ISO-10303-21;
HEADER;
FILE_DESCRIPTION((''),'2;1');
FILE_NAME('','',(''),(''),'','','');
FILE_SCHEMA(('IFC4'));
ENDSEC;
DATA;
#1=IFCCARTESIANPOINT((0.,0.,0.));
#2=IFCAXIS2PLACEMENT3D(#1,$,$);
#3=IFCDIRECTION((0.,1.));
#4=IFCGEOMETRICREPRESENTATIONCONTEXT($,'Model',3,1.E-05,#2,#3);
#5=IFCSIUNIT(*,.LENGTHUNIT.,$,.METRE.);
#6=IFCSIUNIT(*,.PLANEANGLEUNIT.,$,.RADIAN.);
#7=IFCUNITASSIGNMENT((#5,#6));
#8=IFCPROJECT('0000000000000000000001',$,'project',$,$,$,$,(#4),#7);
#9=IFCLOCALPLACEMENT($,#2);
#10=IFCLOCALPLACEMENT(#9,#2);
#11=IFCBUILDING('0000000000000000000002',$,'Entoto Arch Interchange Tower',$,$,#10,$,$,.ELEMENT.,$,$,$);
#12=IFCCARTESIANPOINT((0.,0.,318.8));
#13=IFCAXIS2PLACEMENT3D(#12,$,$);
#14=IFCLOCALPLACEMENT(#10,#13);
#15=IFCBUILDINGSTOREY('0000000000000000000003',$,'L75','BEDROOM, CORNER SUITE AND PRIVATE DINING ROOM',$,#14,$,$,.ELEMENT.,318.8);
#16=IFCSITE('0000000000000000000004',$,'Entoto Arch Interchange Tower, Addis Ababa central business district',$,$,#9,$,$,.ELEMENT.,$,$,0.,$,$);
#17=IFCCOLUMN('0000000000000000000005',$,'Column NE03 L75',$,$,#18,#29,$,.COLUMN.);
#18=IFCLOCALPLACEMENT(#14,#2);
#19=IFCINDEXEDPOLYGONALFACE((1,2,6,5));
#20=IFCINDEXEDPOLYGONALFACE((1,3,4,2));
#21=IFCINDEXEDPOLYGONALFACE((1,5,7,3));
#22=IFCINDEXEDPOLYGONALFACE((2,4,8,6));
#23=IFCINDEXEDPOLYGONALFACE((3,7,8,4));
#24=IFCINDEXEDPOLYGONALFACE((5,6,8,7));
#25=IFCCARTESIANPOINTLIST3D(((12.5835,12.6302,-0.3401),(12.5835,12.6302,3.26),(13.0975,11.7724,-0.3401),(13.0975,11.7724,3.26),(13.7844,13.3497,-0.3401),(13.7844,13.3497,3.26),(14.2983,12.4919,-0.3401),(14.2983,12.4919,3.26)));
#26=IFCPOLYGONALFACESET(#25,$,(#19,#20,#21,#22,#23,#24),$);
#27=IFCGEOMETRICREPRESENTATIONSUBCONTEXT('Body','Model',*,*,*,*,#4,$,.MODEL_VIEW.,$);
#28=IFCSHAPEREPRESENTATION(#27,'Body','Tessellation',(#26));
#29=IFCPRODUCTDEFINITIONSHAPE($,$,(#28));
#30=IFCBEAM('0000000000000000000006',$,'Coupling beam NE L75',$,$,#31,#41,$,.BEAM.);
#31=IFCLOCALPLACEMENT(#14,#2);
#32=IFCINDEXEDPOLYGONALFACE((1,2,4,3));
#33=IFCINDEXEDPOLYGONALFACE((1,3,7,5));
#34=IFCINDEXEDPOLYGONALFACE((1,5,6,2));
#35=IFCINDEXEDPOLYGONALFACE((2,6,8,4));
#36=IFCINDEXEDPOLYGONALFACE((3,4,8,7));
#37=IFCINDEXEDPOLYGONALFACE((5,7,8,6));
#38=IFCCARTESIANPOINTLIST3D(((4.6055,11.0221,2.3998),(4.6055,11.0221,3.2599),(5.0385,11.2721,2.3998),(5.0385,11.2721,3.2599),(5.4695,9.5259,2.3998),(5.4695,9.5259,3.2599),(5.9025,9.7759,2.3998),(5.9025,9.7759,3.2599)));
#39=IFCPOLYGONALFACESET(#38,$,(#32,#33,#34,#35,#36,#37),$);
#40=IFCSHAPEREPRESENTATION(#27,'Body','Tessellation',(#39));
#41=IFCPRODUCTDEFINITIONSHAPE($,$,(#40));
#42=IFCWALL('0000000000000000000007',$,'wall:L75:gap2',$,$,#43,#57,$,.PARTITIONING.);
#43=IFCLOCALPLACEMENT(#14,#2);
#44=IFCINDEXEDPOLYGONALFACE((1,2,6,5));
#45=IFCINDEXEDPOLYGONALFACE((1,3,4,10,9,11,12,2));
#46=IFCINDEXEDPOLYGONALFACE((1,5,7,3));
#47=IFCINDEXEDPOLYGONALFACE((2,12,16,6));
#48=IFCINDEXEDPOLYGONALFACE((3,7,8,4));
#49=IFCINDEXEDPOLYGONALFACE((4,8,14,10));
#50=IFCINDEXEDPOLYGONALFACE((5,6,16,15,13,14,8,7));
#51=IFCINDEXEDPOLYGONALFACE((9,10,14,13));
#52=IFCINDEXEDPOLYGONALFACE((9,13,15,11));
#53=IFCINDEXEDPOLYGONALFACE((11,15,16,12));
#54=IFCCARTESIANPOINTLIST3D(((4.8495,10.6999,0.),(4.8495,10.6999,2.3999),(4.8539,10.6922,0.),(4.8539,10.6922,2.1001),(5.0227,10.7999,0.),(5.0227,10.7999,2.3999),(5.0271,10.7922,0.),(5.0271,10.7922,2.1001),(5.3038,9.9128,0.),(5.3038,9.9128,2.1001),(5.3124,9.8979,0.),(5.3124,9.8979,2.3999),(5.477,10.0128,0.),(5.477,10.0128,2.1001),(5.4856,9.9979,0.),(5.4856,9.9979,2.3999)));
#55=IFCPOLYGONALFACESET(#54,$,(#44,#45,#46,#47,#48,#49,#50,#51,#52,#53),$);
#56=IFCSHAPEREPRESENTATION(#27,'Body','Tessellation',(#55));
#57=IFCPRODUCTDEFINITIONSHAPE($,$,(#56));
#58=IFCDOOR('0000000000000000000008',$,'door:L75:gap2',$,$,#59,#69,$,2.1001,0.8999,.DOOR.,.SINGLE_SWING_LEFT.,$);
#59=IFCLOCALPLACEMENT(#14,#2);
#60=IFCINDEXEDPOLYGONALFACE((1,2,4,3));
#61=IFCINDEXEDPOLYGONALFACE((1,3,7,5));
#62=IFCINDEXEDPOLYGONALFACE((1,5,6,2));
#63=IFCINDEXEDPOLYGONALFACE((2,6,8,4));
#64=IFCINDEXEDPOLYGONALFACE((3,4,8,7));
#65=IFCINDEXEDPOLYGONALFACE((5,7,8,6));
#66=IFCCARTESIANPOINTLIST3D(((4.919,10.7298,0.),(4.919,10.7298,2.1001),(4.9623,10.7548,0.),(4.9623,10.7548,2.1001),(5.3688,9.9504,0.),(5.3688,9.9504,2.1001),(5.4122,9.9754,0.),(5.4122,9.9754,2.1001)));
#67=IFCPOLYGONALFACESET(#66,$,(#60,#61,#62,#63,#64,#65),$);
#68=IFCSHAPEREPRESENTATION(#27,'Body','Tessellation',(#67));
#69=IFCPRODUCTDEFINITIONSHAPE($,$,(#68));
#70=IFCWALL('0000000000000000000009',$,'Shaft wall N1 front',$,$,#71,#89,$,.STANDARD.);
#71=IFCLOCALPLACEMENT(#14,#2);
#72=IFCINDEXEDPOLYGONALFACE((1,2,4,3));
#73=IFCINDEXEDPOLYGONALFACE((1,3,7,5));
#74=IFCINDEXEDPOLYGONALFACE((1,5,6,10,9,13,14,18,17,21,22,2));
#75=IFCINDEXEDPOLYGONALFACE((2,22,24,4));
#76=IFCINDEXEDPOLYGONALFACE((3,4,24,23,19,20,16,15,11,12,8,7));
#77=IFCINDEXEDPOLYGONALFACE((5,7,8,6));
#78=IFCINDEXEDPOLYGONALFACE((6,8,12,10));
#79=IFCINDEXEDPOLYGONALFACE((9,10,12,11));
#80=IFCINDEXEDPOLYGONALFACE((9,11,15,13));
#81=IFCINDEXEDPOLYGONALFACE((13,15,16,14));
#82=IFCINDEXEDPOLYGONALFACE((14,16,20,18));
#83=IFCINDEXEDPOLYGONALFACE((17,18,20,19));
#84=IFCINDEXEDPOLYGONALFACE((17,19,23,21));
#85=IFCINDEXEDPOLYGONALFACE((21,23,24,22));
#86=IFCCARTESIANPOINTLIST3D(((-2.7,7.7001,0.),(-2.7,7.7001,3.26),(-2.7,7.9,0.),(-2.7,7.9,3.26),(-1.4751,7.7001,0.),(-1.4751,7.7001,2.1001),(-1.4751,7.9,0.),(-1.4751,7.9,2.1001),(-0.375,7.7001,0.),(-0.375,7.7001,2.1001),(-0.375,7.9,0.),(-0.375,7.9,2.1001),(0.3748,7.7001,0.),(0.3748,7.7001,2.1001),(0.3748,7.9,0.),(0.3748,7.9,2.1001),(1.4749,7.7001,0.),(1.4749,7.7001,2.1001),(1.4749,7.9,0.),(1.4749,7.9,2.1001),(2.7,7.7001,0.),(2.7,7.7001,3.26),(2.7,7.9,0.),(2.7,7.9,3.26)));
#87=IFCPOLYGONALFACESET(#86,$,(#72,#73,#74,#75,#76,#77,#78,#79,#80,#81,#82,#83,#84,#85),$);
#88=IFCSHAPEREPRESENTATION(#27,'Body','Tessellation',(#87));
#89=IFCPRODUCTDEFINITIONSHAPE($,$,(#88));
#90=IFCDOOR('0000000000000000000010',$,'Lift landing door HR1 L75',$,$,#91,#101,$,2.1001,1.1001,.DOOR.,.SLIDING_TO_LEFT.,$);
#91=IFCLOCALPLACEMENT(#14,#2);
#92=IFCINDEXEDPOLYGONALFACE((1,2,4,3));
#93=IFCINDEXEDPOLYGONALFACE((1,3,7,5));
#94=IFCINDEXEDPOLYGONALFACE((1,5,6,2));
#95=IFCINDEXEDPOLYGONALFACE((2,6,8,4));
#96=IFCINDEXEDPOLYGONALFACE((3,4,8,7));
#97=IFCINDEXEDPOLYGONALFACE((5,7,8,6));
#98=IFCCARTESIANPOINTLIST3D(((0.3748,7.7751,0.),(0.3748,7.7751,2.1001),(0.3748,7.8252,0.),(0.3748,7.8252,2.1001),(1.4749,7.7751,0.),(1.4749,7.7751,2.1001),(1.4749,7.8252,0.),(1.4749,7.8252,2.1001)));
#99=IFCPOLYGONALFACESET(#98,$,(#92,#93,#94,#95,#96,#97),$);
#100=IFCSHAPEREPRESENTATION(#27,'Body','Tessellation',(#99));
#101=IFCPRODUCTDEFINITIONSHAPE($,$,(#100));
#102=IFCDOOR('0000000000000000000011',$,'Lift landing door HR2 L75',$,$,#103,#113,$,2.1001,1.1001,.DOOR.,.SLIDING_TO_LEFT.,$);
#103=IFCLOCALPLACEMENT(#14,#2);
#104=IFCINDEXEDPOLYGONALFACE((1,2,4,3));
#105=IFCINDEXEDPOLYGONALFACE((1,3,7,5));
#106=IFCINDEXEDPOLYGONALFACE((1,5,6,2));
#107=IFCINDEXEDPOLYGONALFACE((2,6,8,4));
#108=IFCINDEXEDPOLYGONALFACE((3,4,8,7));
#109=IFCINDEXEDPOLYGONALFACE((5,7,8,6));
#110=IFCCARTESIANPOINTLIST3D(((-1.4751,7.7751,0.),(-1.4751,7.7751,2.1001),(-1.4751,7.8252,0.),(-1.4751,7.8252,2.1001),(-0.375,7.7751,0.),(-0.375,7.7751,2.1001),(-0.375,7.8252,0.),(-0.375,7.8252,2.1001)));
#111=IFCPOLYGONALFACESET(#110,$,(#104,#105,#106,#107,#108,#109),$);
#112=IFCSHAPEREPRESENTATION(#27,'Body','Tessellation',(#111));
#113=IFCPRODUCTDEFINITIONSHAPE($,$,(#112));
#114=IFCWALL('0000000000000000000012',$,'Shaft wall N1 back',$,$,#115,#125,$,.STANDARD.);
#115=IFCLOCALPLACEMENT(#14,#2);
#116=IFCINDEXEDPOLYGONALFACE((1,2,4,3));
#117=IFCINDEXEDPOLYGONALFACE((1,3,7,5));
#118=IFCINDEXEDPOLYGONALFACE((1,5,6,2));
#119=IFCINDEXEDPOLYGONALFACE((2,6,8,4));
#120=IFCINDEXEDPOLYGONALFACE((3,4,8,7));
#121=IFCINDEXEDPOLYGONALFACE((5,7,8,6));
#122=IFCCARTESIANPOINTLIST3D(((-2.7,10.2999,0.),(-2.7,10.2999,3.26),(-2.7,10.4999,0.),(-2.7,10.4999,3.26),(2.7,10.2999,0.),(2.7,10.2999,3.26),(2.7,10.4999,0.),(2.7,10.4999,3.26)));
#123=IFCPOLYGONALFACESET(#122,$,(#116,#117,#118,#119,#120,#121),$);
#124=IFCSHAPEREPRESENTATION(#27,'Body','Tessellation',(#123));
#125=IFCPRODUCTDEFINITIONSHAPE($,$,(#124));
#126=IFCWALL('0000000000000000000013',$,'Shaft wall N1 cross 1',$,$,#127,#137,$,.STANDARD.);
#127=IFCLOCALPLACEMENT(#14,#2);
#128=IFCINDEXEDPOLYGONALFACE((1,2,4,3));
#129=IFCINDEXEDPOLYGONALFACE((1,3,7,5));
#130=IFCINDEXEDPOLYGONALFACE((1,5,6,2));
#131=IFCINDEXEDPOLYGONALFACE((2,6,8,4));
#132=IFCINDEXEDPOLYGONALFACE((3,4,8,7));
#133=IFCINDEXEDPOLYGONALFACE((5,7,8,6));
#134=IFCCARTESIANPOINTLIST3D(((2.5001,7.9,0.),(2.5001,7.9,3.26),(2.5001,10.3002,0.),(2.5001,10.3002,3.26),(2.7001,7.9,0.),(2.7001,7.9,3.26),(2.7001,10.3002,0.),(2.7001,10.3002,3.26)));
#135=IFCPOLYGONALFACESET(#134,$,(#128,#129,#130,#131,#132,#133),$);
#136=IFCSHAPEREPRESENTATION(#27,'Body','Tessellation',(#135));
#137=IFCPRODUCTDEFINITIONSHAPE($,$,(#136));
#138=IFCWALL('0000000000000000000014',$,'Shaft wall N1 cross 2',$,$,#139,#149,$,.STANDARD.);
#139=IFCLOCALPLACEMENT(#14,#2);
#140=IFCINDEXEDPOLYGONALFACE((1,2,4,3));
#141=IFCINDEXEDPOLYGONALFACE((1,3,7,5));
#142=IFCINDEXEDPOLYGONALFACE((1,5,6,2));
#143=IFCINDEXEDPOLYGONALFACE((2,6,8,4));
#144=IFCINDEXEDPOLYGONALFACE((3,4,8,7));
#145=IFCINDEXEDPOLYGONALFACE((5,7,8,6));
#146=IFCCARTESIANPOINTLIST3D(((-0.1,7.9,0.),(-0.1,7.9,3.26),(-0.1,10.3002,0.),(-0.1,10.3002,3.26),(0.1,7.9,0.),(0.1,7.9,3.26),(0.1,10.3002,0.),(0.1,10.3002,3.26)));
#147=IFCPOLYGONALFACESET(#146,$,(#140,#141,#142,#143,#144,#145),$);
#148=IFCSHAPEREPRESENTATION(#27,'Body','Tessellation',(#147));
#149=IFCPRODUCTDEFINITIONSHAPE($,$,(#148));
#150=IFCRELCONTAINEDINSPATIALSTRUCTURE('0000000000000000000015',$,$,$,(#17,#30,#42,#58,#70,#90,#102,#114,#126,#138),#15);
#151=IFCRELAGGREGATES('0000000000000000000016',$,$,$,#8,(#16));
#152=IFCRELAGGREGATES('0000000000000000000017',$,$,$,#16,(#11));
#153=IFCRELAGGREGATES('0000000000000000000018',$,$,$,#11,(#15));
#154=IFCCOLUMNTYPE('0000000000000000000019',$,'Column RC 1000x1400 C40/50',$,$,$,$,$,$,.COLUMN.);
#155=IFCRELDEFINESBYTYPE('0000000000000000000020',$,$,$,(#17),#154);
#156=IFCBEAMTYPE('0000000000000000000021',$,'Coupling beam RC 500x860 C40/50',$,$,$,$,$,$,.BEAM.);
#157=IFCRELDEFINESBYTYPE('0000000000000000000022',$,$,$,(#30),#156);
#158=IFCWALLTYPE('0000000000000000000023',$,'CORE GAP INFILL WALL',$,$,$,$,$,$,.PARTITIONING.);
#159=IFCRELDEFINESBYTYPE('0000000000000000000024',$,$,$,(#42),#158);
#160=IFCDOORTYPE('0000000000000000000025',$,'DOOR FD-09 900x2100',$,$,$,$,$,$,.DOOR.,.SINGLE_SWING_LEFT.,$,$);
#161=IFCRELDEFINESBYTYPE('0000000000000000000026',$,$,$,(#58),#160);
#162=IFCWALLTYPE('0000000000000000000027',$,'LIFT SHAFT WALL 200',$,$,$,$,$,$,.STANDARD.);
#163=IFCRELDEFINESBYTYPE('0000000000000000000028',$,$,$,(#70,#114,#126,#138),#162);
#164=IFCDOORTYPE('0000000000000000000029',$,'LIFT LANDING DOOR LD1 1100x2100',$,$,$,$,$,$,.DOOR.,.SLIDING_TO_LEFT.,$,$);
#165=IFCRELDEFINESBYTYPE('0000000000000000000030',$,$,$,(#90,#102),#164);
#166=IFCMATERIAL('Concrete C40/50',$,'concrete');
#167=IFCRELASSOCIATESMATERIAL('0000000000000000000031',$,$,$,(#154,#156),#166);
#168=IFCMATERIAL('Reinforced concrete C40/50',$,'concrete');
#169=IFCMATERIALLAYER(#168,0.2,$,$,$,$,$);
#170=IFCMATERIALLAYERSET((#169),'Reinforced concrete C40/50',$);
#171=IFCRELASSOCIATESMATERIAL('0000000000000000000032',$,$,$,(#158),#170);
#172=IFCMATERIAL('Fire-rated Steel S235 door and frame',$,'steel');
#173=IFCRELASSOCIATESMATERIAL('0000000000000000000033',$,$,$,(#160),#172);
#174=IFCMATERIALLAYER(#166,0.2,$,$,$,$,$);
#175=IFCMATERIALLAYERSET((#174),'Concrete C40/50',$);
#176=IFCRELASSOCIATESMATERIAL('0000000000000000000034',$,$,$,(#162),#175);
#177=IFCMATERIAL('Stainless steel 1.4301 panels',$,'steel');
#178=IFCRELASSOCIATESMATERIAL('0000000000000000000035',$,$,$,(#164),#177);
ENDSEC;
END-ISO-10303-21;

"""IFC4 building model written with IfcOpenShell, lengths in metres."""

from ifc_helpers import new_model, si_unit, direction, frame, frame_2d, origin, origin_2d, place, context, subcontext, project, spatial, rectangle, extrude, material, layer, layer_set, material_profile, profile_set, type_object, element, fill, save


model = new_model("IFC4")

# Units and contexts
model_context = context("Model", 3, precision=1e-05, world=origin(), true_north=direction((0.0, 1.0)))
body_context = subcontext(model_context, "Body", "Model", "MODEL_VIEW")
ifc_project = project(units=[si_unit("LENGTHUNIT", "METRE"), si_unit("PLANEANGLEUNIT", "RADIAN")], contexts=[model_context])

# Site, building, storey
site_placement = place(None, origin())
site = spatial("IfcSite", under=ifc_project, at=site_placement, Name="Entoto Arch Interchange Tower, Addis Ababa central business district", CompositionType="ELEMENT", RefElevation=0.0)
building_placement = place(site_placement, origin())
building = spatial("IfcBuilding", under=site, at=building_placement, Name="Entoto Arch Interchange Tower", CompositionType="ELEMENT")
storey_placement = place(building_placement, frame((0.0, 0.0, 318.8)))
storey = spatial("IfcBuildingStorey", under=building, at=storey_placement, Name="L75", Description="BEDROOM, CORNER SUITE AND PRIVATE DINING ROOM", CompositionType="ELEMENT", Elevation=318.8)

# Column
ifc_material_1 = material(Name="Concrete C40/50", Category="concrete")
ifc_material_profile_1 = material_profile(ifc_material_1, rectangle(XDim=1.0, YDim=1.3999, at=origin_2d()))
ifc_profile_set_1 = profile_set([ifc_material_profile_1], Name="Concrete C40/50")
column_type = type_object("IfcColumnType", Name="Column RC 1000x1400 C40/50", PredefinedType="COLUMN", material=ifc_profile_set_1)
column_placement = place(storey_placement, frame((13.4409, 12.561, -0.3401), z_axis=(0.0, 0.0, 1.0), x_axis=(-0.513946, 0.857823, 0.0)))
element("IfcColumn", 1, at=column_placement, inside=storey, type_object=column_type, Name="Column NE03 L75", PredefinedType="COLUMN", context=body_context, shape_type="SweptSolid", body=[
    extrude(rectangle(XDim=1.0, YDim=1.3999, at=origin_2d()), origin(), (0.0, 0.0, 1.0), 3.6001),
])

# Beam
ifc_material_profile_2 = material_profile(ifc_material_1, rectangle(XDim=0.5, YDim=0.8601, at=origin_2d()))
ifc_profile_set_2 = profile_set([ifc_material_profile_2], Name="Concrete C40/50")
beam_type = type_object("IfcBeamType", Name="Coupling beam RC 500x860 C40/50", PredefinedType="BEAM", material=ifc_profile_set_2)
beam_placement = place(storey_placement, frame((5.686, 9.6509, 2.8298), z_axis=(-0.500106, 0.865964, 0.0), x_axis=(-0.865964, -0.500106, 0.0)))
element("IfcBeam", 2, at=beam_placement, inside=storey, type_object=beam_type, Name="Coupling beam NE L75", PredefinedType="BEAM", context=body_context, shape_type="SweptSolid", body=[
    extrude(rectangle(XDim=0.5, YDim=0.8601, at=origin_2d()), origin(), (0.0, 0.0, 1.0), 1.7278),
])

# Wall, opening, door
ifc_material_2 = material(Name="Reinforced concrete C40/50", Category="concrete")
ifc_layer_1 = layer(ifc_material_2, 0.2)
ifc_layer_set_1 = layer_set([ifc_layer_1], Name="Reinforced concrete C40/50")
wall_type_1 = type_object("IfcWallType", Name="CORE GAP INFILL WALL", PredefinedType="PARTITIONING", material=ifc_layer_set_1)
wall_1_placement = place(storey_placement, frame((5.3989, 9.948, 0.0), z_axis=(0.0, 0.0, 1.0), x_axis=(-0.499882, 0.866093, 0.0)))
wall_1 = element("IfcWall", 3, at=wall_1_placement, inside=storey, type_object=wall_type_1, Name="wall:L75:gap2", PredefinedType="PARTITIONING", context=body_context, shape_type="SweptSolid", body=[
    extrude(rectangle(XDim=0.926, YDim=0.2, at=frame_2d((0.4629, 0.0))), origin(), (0.0, 0.0, 1.0), 2.3999),
])
opening_1_placement = place(wall_1_placement, frame((0.0171, 0.0, 0.0)))
opening_1 = element("IfcOpeningElement", 4, at=opening_1_placement, cuts=wall_1, PredefinedType="OPENING", context=body_context, shape_type="SweptSolid", body=[
    extrude(rectangle(XDim=0.8999, YDim=2.1001, at=frame_2d((0.45, 1.05))), frame((0.0, 0.1099, 0.0), z_axis=(0.0, -1.0, 0.0), x_axis=(1.0, 0.0, 0.0)), (0.0, 0.0, 1.0), 0.22),
])
ifc_material_3 = material(Name="Fire-rated Steel S235 door and frame", Category="steel")
door_type_1 = type_object("IfcDoorType", Name="DOOR FD-09 900x2100", OperationType="SINGLE_SWING_LEFT", PredefinedType="DOOR", material=ifc_material_3)
door_1_placement = place(opening_1_placement, origin())
door_1 = element("IfcDoor", 5, at=door_1_placement, inside=storey, type_object=door_type_1, Name="door:L75:gap2", OperationType="SINGLE_SWING_LEFT", OverallHeight=2.1001, OverallWidth=0.8999, PredefinedType="DOOR", context=body_context, shape_type="SweptSolid", body=[
    extrude(rectangle(XDim=0.8999, YDim=2.1001, at=frame_2d((0.45, 1.05))), frame((0.0, 0.0249, 0.0), z_axis=(0.0, -1.0, 0.0), x_axis=(1.0, 0.0, 0.0)), (0.0, 0.0, 1.0), 0.05),
])
fill(opening_1, door_1)

# Wall, openings, doors
ifc_layer_2 = layer(ifc_material_1, 0.2)
ifc_layer_set_2 = layer_set([ifc_layer_2], Name="Concrete C40/50")
wall_type_2 = type_object("IfcWallType", Name="LIFT SHAFT WALL 200", PredefinedType="STANDARD", material=ifc_layer_set_2)
wall_2_placement = place(storey_placement, frame((2.7, 7.8, 0.0), z_axis=(0.0, 0.0, 1.0), x_axis=(-1.0, 0.0, 0.0)))
wall_2 = element("IfcWall", 6, at=wall_2_placement, inside=storey, type_object=wall_type_2, Name="Shaft wall N1 front", PredefinedType="STANDARD", context=body_context, shape_type="SweptSolid", body=[
    extrude(rectangle(XDim=5.3999, YDim=0.2, at=frame_2d((2.7, 0.0))), origin(), (0.0, 0.0, 1.0), 3.26),
])
opening_2_placement = place(wall_2_placement, frame((1.2251, 0.0, 0.0)))
opening_2 = element("IfcOpeningElement", 7, at=opening_2_placement, cuts=wall_2, PredefinedType="OPENING", context=body_context, shape_type="SweptSolid", body=[
    extrude(rectangle(XDim=1.1001, YDim=2.1001, at=frame_2d((0.55, 1.05))), frame((0.0, 0.1099, 0.0), z_axis=(0.0, -1.0, 0.0), x_axis=(1.0, 0.0, 0.0)), (0.0, 0.0, 1.0), 0.22),
])
opening_3_placement = place(wall_2_placement, frame((3.075, 0.0, 0.0)))
opening_3 = element("IfcOpeningElement", 8, at=opening_3_placement, cuts=wall_2, PredefinedType="OPENING", context=body_context, shape_type="SweptSolid", body=[
    extrude(rectangle(XDim=1.1001, YDim=2.1001, at=frame_2d((0.55, 1.05))), frame((0.0, 0.1099, 0.0), z_axis=(0.0, -1.0, 0.0), x_axis=(1.0, 0.0, 0.0)), (0.0, 0.0, 1.0), 0.22),
])
ifc_material_4 = material(Name="Stainless steel 1.4301 panels", Category="steel")
door_type_2 = type_object("IfcDoorType", Name="LIFT LANDING DOOR LD1 1100x2100", OperationType="SLIDING_TO_LEFT", PredefinedType="DOOR", material=ifc_material_4)
door_2_placement = place(opening_2_placement, origin())
door_2 = element("IfcDoor", 9, at=door_2_placement, inside=storey, type_object=door_type_2, Name="Lift landing door HR1 L75", OperationType="SLIDING_TO_LEFT", OverallHeight=2.1001, OverallWidth=1.1001, PredefinedType="DOOR", context=body_context, shape_type="SweptSolid", body=[
    extrude(rectangle(XDim=1.1001, YDim=2.1001, at=frame_2d((0.55, 1.05))), frame((0.0, 0.0249, 0.0), z_axis=(0.0, -1.0, 0.0), x_axis=(1.0, 0.0, 0.0)), (0.0, 0.0, 1.0), 0.05),
])
fill(opening_2, door_2)
door_3_placement = place(opening_3_placement, origin())
door_3 = element("IfcDoor", 10, at=door_3_placement, inside=storey, type_object=door_type_2, Name="Lift landing door HR2 L75", OperationType="SLIDING_TO_LEFT", OverallHeight=2.1001, OverallWidth=1.1001, PredefinedType="DOOR", context=body_context, shape_type="SweptSolid", body=[
    extrude(rectangle(XDim=1.1001, YDim=2.1001, at=frame_2d((0.55, 1.05))), frame((0.0, 0.0249, 0.0), z_axis=(0.0, -1.0, 0.0), x_axis=(1.0, 0.0, 0.0)), (0.0, 0.0, 1.0), 0.05),
])
fill(opening_3, door_3)

# Walls
wall_3_placement = place(storey_placement, frame((2.7, 10.3999, 0.0), z_axis=(0.0, 0.0, 1.0), x_axis=(-1.0, 0.0, 0.0)))
element("IfcWall", 11, at=wall_3_placement, inside=storey, type_object=wall_type_2, Name="Shaft wall N1 back", PredefinedType="STANDARD", context=body_context, shape_type="SweptSolid", body=[
    extrude(rectangle(XDim=5.3999, YDim=0.2, at=frame_2d((2.7, 0.0))), origin(), (0.0, 0.0, 1.0), 3.26),
])
for number, where, z_axis, x_axis, name in (
    (12, (2.6001, 7.8999, 0.0), (0.0, 0.0, 1.0), (0.0, 1.0, 0.0), "Shaft wall N1 cross 1"),
    (13, (0.0, 7.8999, 0.0), (0.0, 0.0, 1.0), (0.0, 1.0, 0.0), "Shaft wall N1 cross 2"),
):
    element("IfcWall", number, at=place(storey_placement, frame(where, z_axis=z_axis, x_axis=x_axis)), inside=storey, type_object=wall_type_2, Name=name, PredefinedType="STANDARD", context=body_context, shape_type="SweptSolid", body=[
        extrude(rectangle(XDim=2.4001, YDim=0.2, at=frame_2d((1.2002, 0.0))), origin(), (0.0, 0.0, 1.0), 3.26),
    ])

save(model, "model.ifc")
